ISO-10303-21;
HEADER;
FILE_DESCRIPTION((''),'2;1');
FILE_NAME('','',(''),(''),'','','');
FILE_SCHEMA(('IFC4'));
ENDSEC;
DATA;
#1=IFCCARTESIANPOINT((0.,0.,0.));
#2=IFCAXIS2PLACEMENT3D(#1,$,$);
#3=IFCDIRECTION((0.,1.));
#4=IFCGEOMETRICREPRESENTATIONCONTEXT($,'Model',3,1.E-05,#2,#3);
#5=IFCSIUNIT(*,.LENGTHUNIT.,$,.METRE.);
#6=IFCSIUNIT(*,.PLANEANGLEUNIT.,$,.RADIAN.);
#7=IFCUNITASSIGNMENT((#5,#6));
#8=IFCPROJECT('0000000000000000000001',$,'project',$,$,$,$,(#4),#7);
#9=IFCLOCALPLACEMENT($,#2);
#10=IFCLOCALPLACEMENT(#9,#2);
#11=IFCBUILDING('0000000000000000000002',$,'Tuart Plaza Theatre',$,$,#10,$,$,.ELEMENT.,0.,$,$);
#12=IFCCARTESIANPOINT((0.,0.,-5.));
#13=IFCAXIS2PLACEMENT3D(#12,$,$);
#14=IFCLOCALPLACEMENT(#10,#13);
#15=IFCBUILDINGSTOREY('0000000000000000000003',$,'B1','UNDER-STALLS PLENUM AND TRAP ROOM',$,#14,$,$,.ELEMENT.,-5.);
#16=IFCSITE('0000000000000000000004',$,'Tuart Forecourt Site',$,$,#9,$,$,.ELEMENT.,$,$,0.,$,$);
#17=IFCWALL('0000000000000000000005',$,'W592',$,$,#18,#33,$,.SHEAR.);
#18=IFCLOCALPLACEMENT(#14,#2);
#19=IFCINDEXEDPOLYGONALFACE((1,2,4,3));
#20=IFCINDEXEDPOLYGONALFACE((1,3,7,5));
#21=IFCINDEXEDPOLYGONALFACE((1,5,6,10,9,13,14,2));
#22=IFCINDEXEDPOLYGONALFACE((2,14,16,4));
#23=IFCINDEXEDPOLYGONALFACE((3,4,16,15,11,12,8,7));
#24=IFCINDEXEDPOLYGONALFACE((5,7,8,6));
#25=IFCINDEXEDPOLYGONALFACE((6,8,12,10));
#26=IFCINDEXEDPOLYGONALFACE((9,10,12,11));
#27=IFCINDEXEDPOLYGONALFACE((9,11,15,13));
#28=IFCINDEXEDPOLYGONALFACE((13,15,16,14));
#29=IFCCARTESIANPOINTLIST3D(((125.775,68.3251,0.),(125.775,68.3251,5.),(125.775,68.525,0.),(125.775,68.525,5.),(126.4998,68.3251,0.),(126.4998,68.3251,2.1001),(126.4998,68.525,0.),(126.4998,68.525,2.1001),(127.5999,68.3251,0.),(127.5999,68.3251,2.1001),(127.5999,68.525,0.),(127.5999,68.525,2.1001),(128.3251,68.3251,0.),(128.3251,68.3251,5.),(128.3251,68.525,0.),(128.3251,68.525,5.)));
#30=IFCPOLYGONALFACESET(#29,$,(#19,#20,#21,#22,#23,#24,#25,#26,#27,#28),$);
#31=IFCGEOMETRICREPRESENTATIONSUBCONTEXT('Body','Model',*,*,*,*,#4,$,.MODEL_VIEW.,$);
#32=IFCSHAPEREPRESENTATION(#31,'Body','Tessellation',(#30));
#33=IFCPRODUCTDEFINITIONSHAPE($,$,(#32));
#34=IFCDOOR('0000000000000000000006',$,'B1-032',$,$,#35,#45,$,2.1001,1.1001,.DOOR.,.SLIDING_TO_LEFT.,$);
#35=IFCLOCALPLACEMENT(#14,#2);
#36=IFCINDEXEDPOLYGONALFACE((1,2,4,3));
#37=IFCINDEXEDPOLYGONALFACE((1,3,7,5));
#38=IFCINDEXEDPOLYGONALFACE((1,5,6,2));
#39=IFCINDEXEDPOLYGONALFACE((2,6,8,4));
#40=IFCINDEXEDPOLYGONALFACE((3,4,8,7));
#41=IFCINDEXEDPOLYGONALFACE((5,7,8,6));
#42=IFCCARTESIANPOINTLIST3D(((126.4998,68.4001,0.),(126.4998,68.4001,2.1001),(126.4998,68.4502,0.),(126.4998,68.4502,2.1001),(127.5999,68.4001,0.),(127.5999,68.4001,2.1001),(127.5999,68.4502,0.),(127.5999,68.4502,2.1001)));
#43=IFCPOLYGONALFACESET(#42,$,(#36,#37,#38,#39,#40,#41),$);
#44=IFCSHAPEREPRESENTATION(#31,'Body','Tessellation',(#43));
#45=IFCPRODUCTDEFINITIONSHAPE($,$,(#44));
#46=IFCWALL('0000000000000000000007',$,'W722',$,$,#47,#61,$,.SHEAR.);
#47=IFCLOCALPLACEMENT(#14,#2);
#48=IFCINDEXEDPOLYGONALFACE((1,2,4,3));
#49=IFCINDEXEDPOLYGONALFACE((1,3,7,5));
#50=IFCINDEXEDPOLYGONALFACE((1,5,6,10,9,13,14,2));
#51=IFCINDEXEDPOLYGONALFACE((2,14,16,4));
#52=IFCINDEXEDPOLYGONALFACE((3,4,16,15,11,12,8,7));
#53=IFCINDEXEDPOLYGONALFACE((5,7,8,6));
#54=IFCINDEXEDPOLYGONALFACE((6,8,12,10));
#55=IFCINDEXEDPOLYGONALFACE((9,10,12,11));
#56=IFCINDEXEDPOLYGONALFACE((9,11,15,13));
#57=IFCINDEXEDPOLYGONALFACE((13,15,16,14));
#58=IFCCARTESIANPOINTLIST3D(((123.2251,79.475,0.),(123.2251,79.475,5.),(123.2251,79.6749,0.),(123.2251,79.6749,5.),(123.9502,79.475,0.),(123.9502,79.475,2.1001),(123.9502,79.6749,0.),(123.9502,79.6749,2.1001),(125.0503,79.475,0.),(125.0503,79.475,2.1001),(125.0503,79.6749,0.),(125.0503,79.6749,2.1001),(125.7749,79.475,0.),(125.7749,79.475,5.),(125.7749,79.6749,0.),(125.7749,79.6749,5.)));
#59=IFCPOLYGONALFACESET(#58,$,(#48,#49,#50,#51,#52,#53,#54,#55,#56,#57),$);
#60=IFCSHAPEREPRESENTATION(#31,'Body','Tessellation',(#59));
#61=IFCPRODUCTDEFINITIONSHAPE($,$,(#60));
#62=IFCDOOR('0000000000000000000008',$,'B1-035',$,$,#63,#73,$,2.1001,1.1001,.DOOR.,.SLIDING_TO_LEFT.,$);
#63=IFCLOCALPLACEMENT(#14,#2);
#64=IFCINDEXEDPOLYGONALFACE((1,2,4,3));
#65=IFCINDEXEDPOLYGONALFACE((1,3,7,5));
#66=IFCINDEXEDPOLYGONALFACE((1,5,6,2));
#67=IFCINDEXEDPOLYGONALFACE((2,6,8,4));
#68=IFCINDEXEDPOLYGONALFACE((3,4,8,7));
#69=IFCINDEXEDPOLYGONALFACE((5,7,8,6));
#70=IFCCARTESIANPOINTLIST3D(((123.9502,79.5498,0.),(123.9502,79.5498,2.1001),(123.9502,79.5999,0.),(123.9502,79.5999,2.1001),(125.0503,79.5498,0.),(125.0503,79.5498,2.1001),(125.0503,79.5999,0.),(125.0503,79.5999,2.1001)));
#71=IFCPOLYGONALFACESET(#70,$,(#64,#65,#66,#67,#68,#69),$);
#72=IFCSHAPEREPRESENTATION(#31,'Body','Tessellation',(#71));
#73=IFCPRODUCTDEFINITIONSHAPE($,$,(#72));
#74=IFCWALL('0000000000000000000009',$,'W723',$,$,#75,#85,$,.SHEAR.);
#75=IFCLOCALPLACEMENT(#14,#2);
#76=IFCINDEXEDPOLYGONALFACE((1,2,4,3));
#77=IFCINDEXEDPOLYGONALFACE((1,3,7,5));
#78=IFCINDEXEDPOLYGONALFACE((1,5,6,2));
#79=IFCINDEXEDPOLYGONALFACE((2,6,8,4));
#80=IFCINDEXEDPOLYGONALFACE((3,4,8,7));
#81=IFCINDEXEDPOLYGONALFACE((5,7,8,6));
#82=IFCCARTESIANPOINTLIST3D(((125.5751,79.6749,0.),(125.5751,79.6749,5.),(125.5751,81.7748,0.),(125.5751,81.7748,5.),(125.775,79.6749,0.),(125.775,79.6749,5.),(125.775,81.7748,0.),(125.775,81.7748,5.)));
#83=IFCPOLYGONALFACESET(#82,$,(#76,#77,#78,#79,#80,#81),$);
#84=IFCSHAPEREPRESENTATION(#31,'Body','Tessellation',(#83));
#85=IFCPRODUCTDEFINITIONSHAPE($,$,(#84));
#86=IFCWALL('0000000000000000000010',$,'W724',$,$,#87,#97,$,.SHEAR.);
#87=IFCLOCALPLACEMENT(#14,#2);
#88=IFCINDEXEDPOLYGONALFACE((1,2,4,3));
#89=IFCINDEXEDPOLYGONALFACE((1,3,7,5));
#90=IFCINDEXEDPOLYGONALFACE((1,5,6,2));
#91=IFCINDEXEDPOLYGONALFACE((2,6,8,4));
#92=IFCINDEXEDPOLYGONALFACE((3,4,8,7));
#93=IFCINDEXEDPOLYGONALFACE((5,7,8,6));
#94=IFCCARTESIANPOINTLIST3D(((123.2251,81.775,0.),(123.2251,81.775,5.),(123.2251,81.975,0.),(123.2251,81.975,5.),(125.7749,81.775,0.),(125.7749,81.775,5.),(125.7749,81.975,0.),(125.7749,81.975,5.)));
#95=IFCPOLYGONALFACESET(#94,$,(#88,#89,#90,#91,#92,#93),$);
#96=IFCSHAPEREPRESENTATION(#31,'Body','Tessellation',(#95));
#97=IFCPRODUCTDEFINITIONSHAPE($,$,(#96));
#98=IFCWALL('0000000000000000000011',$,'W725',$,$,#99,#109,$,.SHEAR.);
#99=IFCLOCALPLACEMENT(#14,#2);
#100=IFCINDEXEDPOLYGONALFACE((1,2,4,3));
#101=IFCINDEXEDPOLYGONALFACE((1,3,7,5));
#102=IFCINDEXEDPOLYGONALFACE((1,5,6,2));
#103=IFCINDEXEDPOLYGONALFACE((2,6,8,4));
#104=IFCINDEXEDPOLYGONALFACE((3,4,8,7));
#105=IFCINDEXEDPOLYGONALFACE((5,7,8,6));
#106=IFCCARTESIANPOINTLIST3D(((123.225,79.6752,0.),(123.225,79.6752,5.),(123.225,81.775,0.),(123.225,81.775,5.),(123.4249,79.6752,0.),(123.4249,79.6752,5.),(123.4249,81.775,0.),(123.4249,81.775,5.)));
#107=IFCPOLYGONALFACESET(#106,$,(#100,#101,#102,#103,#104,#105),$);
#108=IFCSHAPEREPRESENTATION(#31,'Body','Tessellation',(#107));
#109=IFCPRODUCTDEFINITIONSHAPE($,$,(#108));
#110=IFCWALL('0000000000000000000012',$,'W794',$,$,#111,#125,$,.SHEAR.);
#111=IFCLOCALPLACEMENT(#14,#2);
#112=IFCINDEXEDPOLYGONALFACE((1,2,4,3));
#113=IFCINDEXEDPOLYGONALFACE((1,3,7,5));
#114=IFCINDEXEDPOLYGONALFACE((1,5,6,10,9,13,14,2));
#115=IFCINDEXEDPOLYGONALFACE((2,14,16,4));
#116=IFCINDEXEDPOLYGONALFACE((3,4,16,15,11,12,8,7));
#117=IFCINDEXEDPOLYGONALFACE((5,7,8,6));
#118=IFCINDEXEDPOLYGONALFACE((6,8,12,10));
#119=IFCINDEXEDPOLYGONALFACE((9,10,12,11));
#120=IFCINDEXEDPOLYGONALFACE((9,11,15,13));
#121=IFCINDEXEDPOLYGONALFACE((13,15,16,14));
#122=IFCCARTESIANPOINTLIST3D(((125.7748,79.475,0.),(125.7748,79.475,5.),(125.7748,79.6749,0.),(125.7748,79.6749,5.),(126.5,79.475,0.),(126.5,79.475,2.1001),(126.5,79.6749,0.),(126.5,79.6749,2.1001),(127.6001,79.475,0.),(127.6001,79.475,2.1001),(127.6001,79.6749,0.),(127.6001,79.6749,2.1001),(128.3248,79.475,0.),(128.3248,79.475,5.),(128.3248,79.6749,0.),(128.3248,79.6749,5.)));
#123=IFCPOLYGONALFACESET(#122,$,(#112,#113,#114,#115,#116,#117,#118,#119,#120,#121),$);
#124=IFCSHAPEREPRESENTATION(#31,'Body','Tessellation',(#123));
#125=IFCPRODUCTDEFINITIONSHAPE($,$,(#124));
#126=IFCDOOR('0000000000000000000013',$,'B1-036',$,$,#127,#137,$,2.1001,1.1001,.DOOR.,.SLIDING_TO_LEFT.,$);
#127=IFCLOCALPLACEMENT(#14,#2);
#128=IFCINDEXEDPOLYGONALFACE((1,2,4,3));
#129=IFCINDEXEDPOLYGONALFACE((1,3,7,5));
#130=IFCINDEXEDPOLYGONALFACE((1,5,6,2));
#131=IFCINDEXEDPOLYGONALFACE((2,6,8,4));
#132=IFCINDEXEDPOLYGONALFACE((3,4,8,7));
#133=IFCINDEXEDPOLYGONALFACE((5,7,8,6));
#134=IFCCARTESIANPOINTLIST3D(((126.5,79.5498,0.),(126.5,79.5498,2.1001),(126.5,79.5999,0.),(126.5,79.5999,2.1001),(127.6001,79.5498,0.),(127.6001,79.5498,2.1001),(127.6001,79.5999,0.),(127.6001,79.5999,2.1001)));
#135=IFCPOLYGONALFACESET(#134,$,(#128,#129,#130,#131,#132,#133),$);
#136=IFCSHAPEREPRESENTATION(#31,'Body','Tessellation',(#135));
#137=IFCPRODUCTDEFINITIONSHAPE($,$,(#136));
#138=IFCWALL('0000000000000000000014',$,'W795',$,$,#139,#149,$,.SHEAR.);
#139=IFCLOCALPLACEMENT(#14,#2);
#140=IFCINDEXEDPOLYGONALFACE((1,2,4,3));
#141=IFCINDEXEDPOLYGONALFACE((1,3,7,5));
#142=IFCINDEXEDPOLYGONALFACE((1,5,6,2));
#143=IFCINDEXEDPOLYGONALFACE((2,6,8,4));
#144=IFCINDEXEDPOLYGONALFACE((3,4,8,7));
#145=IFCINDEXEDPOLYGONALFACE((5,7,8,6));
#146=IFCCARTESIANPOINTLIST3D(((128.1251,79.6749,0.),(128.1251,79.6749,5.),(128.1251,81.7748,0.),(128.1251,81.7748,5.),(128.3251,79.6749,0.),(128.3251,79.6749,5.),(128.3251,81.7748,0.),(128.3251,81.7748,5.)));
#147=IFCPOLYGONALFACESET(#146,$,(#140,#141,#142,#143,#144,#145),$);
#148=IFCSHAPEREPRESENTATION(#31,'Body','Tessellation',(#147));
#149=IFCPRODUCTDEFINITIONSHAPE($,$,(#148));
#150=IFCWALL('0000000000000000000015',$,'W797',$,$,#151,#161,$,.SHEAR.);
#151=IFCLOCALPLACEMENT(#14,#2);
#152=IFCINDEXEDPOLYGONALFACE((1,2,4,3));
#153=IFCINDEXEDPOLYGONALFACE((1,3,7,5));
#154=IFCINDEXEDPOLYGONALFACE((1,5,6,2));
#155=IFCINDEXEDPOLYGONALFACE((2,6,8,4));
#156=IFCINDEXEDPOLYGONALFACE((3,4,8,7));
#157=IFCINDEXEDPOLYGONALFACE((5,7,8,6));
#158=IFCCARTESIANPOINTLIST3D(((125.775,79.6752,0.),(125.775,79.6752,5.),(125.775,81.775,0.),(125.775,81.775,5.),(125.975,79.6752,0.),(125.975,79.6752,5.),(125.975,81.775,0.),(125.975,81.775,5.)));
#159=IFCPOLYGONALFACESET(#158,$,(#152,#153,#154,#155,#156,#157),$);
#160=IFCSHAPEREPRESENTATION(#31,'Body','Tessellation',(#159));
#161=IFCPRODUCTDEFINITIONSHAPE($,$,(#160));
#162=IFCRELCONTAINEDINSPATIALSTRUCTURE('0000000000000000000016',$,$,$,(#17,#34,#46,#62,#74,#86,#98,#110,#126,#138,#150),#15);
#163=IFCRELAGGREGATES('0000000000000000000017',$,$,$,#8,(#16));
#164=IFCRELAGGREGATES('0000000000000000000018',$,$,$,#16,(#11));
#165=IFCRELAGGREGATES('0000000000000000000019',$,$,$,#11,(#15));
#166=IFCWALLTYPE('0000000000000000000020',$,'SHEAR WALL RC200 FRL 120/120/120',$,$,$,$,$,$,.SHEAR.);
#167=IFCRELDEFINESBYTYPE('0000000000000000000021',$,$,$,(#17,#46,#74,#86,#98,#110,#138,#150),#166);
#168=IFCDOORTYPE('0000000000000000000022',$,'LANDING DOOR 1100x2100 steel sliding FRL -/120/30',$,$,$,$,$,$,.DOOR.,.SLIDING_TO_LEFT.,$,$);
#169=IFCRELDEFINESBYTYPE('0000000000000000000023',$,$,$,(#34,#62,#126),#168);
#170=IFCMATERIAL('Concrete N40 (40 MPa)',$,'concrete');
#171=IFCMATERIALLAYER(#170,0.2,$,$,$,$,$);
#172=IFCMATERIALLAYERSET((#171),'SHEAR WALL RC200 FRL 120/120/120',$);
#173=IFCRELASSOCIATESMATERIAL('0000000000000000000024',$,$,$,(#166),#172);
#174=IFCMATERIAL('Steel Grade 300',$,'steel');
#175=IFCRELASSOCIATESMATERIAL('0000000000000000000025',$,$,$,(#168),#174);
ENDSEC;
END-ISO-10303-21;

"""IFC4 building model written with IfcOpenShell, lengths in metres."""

from ifc_helpers import new_model, si_unit, direction, frame, frame_2d, origin, place, context, subcontext, project, spatial, rectangle, extrude, material, layer, layer_set, type_object, element, fill, save


model = new_model("IFC4")

# Units and contexts
model_context = context("Model", 3, precision=1e-05, world=origin(), true_north=direction((0.0, 1.0)))
body_context = subcontext(model_context, "Body", "Model", "MODEL_VIEW")
ifc_project = project(units=[si_unit("LENGTHUNIT", "METRE"), si_unit("PLANEANGLEUNIT", "RADIAN")], contexts=[model_context])

# Site, building, storey
site_placement = place(None, origin())
site = spatial("IfcSite", under=ifc_project, at=site_placement, Name="Tuart Forecourt Site", CompositionType="ELEMENT", RefElevation=0.0)
building_placement = place(site_placement, origin())
building = spatial("IfcBuilding", under=site, at=building_placement, Name="Tuart Plaza Theatre", CompositionType="ELEMENT", ElevationOfRefHeight=0.0)
storey_placement = place(building_placement, frame((0.0, 0.0, -5.0)))
storey = spatial("IfcBuildingStorey", under=building, at=storey_placement, Name="B1", Description="UNDER-STALLS PLENUM AND TRAP ROOM", CompositionType="ELEMENT", Elevation=-5.0)

# Walls, openings, doors
ifc_material_1 = material(Name="Concrete N40 (40 MPa)", Category="concrete")
ifc_layer_1 = layer(ifc_material_1, 0.2)
ifc_layer_set_1 = layer_set([ifc_layer_1], Name="SHEAR WALL RC200 FRL 120/120/120")
wall_type_1 = type_object("IfcWallType", Name="SHEAR WALL RC200 FRL 120/120/120", PredefinedType="SHEAR", material=ifc_layer_set_1)
ifc_material_2 = material(Name="Steel Grade 300", Category="steel")
door_type_1 = type_object("IfcDoorType", Name="LANDING DOOR 1100x2100 steel sliding FRL -/120/30", OperationType="SLIDING_TO_LEFT", PredefinedType="DOOR", material=ifc_material_2)
wall_1_placement = place(storey_placement, frame((128.325, 68.425, 0.0), z_axis=(0.0, 0.0, 1.0), x_axis=(-1.0, 0.0, 0.0)))
wall_1 = element("IfcWall", 1, at=wall_1_placement, inside=storey, type_object=wall_type_1, Name="W592", PredefinedType="SHEAR", context=body_context, shape_type="SweptSolid", body=[
    extrude(rectangle(XDim=2.55, YDim=0.2, at=frame_2d((1.2749, 0.0))), origin(), (0.0, 0.0, 1.0), 5.0),
])
opening_1_placement = place(wall_1_placement, frame((0.7251, 0.0, 0.0)))
opening_1 = element("IfcOpeningElement", 2, at=opening_1_placement, cuts=wall_1, PredefinedType="OPENING", context=body_context, shape_type="SweptSolid", body=[
    extrude(rectangle(XDim=1.1001, YDim=2.1001, at=frame_2d((0.55, 1.05))), frame((0.0, 0.1099, 0.0), z_axis=(0.0, -1.0, 0.0), x_axis=(1.0, 0.0, 0.0)), (0.0, 0.0, 1.0), 0.22),
])
door_1_placement = place(opening_1_placement, origin())
door_1 = element("IfcDoor", 3, at=door_1_placement, inside=storey, type_object=door_type_1, Name="B1-032", OperationType="SLIDING_TO_LEFT", OverallHeight=2.1001, OverallWidth=1.1001, PredefinedType="DOOR", context=body_context, shape_type="SweptSolid", body=[
    extrude(rectangle(XDim=1.1001, YDim=2.1001, at=frame_2d((0.55, 1.05))), frame((0.0, 0.0249, 0.0), z_axis=(0.0, -1.0, 0.0), x_axis=(1.0, 0.0, 0.0)), (0.0, 0.0, 1.0), 0.05),
])
fill(opening_1, door_1)
wall_2_placement = place(storey_placement, frame((123.2251, 79.575, 0.0), z_axis=(0.0, 0.0, 1.0), x_axis=(1.0, 0.0, 0.0)))
wall_2 = element("IfcWall", 4, at=wall_2_placement, inside=storey, type_object=wall_type_1, Name="W722", PredefinedType="SHEAR", context=body_context, shape_type="SweptSolid", body=[
    extrude(rectangle(XDim=2.5498, YDim=0.2, at=frame_2d((1.2749, 0.0))), origin(), (0.0, 0.0, 1.0), 5.0),
])
opening_2_placement = place(wall_2_placement, frame((0.7251, 0.0, 0.0)))
opening_2 = element("IfcOpeningElement", 5, at=opening_2_placement, cuts=wall_2, PredefinedType="OPENING", context=body_context, shape_type="SweptSolid", body=[
    extrude(rectangle(XDim=1.1001, YDim=2.1001, at=frame_2d((0.55, 1.05))), frame((0.0, 0.1099, 0.0), z_axis=(0.0, -1.0, 0.0), x_axis=(1.0, 0.0, 0.0)), (0.0, 0.0, 1.0), 0.22),
])
door_2_placement = place(opening_2_placement, origin())
door_2 = element("IfcDoor", 6, at=door_2_placement, inside=storey, type_object=door_type_1, Name="B1-035", OperationType="SLIDING_TO_LEFT", OverallHeight=2.1001, OverallWidth=1.1001, PredefinedType="DOOR", context=body_context, shape_type="SweptSolid", body=[
    extrude(rectangle(XDim=1.1001, YDim=2.1001, at=frame_2d((0.55, 1.05))), frame((0.0, 0.0249, 0.0), z_axis=(0.0, -1.0, 0.0), x_axis=(1.0, 0.0, 0.0)), (0.0, 0.0, 1.0), 0.05),
])
fill(opening_2, door_2)

# Walls
wall_3_placement = place(storey_placement, frame((125.675, 79.675, 0.0), z_axis=(0.0, 0.0, 1.0), x_axis=(0.0, 1.0, 0.0)))
element("IfcWall", 7, at=wall_3_placement, inside=storey, type_object=wall_type_1, Name="W723", PredefinedType="SHEAR", context=body_context, shape_type="SweptSolid", body=[
    extrude(rectangle(XDim=2.0999, YDim=0.2, at=frame_2d((1.0498, 0.0))), origin(), (0.0, 0.0, 1.0), 5.0),
])
wall_4_placement = place(storey_placement, frame((125.7749, 81.875, 0.0), z_axis=(0.0, 0.0, 1.0), x_axis=(-1.0, 0.0, 0.0)))
element("IfcWall", 8, at=wall_4_placement, inside=storey, type_object=wall_type_1, Name="W724", PredefinedType="SHEAR", context=body_context, shape_type="SweptSolid", body=[
    extrude(rectangle(XDim=2.5498, YDim=0.2, at=frame_2d((1.2749, 0.0))), origin(), (0.0, 0.0, 1.0), 5.0),
])
wall_5_placement = place(storey_placement, frame((123.325, 81.7749, 0.0), z_axis=(0.0, 0.0, 1.0), x_axis=(0.0, -1.0, 0.0)))
element("IfcWall", 9, at=wall_5_placement, inside=storey, type_object=wall_type_1, Name="W725", PredefinedType="SHEAR", context=body_context, shape_type="SweptSolid", body=[
    extrude(rectangle(XDim=2.0999, YDim=0.2, at=frame_2d((1.0498, 0.0))), origin(), (0.0, 0.0, 1.0), 5.0),
])

# Wall, opening, door
wall_6_placement = place(storey_placement, frame((125.7749, 79.575, 0.0), z_axis=(0.0, 0.0, 1.0), x_axis=(1.0, 0.0, 0.0)))
wall_6 = element("IfcWall", 10, at=wall_6_placement, inside=storey, type_object=wall_type_1, Name="W794", PredefinedType="SHEAR", context=body_context, shape_type="SweptSolid", body=[
    extrude(rectangle(XDim=2.55, YDim=0.2, at=frame_2d((1.2749, 0.0))), origin(), (0.0, 0.0, 1.0), 5.0),
])
opening_3_placement = place(wall_6_placement, frame((0.7251, 0.0, 0.0)))
opening_3 = element("IfcOpeningElement", 11, at=opening_3_placement, cuts=wall_6, PredefinedType="OPENING", context=body_context, shape_type="SweptSolid", body=[
    extrude(rectangle(XDim=1.1001, YDim=2.1001, at=frame_2d((0.55, 1.05))), frame((0.0, 0.1099, 0.0), z_axis=(0.0, -1.0, 0.0), x_axis=(1.0, 0.0, 0.0)), (0.0, 0.0, 1.0), 0.22),
])
door_3_placement = place(opening_3_placement, origin())
door_3 = element("IfcDoor", 12, at=door_3_placement, inside=storey, type_object=door_type_1, Name="B1-036", OperationType="SLIDING_TO_LEFT", OverallHeight=2.1001, OverallWidth=1.1001, PredefinedType="DOOR", context=body_context, shape_type="SweptSolid", body=[
    extrude(rectangle(XDim=1.1001, YDim=2.1001, at=frame_2d((0.55, 1.05))), frame((0.0, 0.0249, 0.0), z_axis=(0.0, -1.0, 0.0), x_axis=(1.0, 0.0, 0.0)), (0.0, 0.0, 1.0), 0.05),
])
fill(opening_3, door_3)

# Walls
for number, where, z_axis, x_axis, name in (
    (13, (128.2251, 79.675, 0.0), (0.0, 0.0, 1.0), (0.0, 1.0, 0.0), "W795"),
    (14, (125.875, 81.7749, 0.0), (0.0, 0.0, 1.0), (0.0, -1.0, 0.0), "W797"),
):
    element("IfcWall", number, at=place(storey_placement, frame(where, z_axis=z_axis, x_axis=x_axis)), inside=storey, type_object=wall_type_1, Name=name, PredefinedType="SHEAR", context=body_context, shape_type="SweptSolid", body=[
        extrude(rectangle(XDim=2.0999, YDim=0.2, at=frame_2d((1.0498, 0.0))), origin(), (0.0, 0.0, 1.0), 5.0),
    ])

save(model, "model.ifc")
